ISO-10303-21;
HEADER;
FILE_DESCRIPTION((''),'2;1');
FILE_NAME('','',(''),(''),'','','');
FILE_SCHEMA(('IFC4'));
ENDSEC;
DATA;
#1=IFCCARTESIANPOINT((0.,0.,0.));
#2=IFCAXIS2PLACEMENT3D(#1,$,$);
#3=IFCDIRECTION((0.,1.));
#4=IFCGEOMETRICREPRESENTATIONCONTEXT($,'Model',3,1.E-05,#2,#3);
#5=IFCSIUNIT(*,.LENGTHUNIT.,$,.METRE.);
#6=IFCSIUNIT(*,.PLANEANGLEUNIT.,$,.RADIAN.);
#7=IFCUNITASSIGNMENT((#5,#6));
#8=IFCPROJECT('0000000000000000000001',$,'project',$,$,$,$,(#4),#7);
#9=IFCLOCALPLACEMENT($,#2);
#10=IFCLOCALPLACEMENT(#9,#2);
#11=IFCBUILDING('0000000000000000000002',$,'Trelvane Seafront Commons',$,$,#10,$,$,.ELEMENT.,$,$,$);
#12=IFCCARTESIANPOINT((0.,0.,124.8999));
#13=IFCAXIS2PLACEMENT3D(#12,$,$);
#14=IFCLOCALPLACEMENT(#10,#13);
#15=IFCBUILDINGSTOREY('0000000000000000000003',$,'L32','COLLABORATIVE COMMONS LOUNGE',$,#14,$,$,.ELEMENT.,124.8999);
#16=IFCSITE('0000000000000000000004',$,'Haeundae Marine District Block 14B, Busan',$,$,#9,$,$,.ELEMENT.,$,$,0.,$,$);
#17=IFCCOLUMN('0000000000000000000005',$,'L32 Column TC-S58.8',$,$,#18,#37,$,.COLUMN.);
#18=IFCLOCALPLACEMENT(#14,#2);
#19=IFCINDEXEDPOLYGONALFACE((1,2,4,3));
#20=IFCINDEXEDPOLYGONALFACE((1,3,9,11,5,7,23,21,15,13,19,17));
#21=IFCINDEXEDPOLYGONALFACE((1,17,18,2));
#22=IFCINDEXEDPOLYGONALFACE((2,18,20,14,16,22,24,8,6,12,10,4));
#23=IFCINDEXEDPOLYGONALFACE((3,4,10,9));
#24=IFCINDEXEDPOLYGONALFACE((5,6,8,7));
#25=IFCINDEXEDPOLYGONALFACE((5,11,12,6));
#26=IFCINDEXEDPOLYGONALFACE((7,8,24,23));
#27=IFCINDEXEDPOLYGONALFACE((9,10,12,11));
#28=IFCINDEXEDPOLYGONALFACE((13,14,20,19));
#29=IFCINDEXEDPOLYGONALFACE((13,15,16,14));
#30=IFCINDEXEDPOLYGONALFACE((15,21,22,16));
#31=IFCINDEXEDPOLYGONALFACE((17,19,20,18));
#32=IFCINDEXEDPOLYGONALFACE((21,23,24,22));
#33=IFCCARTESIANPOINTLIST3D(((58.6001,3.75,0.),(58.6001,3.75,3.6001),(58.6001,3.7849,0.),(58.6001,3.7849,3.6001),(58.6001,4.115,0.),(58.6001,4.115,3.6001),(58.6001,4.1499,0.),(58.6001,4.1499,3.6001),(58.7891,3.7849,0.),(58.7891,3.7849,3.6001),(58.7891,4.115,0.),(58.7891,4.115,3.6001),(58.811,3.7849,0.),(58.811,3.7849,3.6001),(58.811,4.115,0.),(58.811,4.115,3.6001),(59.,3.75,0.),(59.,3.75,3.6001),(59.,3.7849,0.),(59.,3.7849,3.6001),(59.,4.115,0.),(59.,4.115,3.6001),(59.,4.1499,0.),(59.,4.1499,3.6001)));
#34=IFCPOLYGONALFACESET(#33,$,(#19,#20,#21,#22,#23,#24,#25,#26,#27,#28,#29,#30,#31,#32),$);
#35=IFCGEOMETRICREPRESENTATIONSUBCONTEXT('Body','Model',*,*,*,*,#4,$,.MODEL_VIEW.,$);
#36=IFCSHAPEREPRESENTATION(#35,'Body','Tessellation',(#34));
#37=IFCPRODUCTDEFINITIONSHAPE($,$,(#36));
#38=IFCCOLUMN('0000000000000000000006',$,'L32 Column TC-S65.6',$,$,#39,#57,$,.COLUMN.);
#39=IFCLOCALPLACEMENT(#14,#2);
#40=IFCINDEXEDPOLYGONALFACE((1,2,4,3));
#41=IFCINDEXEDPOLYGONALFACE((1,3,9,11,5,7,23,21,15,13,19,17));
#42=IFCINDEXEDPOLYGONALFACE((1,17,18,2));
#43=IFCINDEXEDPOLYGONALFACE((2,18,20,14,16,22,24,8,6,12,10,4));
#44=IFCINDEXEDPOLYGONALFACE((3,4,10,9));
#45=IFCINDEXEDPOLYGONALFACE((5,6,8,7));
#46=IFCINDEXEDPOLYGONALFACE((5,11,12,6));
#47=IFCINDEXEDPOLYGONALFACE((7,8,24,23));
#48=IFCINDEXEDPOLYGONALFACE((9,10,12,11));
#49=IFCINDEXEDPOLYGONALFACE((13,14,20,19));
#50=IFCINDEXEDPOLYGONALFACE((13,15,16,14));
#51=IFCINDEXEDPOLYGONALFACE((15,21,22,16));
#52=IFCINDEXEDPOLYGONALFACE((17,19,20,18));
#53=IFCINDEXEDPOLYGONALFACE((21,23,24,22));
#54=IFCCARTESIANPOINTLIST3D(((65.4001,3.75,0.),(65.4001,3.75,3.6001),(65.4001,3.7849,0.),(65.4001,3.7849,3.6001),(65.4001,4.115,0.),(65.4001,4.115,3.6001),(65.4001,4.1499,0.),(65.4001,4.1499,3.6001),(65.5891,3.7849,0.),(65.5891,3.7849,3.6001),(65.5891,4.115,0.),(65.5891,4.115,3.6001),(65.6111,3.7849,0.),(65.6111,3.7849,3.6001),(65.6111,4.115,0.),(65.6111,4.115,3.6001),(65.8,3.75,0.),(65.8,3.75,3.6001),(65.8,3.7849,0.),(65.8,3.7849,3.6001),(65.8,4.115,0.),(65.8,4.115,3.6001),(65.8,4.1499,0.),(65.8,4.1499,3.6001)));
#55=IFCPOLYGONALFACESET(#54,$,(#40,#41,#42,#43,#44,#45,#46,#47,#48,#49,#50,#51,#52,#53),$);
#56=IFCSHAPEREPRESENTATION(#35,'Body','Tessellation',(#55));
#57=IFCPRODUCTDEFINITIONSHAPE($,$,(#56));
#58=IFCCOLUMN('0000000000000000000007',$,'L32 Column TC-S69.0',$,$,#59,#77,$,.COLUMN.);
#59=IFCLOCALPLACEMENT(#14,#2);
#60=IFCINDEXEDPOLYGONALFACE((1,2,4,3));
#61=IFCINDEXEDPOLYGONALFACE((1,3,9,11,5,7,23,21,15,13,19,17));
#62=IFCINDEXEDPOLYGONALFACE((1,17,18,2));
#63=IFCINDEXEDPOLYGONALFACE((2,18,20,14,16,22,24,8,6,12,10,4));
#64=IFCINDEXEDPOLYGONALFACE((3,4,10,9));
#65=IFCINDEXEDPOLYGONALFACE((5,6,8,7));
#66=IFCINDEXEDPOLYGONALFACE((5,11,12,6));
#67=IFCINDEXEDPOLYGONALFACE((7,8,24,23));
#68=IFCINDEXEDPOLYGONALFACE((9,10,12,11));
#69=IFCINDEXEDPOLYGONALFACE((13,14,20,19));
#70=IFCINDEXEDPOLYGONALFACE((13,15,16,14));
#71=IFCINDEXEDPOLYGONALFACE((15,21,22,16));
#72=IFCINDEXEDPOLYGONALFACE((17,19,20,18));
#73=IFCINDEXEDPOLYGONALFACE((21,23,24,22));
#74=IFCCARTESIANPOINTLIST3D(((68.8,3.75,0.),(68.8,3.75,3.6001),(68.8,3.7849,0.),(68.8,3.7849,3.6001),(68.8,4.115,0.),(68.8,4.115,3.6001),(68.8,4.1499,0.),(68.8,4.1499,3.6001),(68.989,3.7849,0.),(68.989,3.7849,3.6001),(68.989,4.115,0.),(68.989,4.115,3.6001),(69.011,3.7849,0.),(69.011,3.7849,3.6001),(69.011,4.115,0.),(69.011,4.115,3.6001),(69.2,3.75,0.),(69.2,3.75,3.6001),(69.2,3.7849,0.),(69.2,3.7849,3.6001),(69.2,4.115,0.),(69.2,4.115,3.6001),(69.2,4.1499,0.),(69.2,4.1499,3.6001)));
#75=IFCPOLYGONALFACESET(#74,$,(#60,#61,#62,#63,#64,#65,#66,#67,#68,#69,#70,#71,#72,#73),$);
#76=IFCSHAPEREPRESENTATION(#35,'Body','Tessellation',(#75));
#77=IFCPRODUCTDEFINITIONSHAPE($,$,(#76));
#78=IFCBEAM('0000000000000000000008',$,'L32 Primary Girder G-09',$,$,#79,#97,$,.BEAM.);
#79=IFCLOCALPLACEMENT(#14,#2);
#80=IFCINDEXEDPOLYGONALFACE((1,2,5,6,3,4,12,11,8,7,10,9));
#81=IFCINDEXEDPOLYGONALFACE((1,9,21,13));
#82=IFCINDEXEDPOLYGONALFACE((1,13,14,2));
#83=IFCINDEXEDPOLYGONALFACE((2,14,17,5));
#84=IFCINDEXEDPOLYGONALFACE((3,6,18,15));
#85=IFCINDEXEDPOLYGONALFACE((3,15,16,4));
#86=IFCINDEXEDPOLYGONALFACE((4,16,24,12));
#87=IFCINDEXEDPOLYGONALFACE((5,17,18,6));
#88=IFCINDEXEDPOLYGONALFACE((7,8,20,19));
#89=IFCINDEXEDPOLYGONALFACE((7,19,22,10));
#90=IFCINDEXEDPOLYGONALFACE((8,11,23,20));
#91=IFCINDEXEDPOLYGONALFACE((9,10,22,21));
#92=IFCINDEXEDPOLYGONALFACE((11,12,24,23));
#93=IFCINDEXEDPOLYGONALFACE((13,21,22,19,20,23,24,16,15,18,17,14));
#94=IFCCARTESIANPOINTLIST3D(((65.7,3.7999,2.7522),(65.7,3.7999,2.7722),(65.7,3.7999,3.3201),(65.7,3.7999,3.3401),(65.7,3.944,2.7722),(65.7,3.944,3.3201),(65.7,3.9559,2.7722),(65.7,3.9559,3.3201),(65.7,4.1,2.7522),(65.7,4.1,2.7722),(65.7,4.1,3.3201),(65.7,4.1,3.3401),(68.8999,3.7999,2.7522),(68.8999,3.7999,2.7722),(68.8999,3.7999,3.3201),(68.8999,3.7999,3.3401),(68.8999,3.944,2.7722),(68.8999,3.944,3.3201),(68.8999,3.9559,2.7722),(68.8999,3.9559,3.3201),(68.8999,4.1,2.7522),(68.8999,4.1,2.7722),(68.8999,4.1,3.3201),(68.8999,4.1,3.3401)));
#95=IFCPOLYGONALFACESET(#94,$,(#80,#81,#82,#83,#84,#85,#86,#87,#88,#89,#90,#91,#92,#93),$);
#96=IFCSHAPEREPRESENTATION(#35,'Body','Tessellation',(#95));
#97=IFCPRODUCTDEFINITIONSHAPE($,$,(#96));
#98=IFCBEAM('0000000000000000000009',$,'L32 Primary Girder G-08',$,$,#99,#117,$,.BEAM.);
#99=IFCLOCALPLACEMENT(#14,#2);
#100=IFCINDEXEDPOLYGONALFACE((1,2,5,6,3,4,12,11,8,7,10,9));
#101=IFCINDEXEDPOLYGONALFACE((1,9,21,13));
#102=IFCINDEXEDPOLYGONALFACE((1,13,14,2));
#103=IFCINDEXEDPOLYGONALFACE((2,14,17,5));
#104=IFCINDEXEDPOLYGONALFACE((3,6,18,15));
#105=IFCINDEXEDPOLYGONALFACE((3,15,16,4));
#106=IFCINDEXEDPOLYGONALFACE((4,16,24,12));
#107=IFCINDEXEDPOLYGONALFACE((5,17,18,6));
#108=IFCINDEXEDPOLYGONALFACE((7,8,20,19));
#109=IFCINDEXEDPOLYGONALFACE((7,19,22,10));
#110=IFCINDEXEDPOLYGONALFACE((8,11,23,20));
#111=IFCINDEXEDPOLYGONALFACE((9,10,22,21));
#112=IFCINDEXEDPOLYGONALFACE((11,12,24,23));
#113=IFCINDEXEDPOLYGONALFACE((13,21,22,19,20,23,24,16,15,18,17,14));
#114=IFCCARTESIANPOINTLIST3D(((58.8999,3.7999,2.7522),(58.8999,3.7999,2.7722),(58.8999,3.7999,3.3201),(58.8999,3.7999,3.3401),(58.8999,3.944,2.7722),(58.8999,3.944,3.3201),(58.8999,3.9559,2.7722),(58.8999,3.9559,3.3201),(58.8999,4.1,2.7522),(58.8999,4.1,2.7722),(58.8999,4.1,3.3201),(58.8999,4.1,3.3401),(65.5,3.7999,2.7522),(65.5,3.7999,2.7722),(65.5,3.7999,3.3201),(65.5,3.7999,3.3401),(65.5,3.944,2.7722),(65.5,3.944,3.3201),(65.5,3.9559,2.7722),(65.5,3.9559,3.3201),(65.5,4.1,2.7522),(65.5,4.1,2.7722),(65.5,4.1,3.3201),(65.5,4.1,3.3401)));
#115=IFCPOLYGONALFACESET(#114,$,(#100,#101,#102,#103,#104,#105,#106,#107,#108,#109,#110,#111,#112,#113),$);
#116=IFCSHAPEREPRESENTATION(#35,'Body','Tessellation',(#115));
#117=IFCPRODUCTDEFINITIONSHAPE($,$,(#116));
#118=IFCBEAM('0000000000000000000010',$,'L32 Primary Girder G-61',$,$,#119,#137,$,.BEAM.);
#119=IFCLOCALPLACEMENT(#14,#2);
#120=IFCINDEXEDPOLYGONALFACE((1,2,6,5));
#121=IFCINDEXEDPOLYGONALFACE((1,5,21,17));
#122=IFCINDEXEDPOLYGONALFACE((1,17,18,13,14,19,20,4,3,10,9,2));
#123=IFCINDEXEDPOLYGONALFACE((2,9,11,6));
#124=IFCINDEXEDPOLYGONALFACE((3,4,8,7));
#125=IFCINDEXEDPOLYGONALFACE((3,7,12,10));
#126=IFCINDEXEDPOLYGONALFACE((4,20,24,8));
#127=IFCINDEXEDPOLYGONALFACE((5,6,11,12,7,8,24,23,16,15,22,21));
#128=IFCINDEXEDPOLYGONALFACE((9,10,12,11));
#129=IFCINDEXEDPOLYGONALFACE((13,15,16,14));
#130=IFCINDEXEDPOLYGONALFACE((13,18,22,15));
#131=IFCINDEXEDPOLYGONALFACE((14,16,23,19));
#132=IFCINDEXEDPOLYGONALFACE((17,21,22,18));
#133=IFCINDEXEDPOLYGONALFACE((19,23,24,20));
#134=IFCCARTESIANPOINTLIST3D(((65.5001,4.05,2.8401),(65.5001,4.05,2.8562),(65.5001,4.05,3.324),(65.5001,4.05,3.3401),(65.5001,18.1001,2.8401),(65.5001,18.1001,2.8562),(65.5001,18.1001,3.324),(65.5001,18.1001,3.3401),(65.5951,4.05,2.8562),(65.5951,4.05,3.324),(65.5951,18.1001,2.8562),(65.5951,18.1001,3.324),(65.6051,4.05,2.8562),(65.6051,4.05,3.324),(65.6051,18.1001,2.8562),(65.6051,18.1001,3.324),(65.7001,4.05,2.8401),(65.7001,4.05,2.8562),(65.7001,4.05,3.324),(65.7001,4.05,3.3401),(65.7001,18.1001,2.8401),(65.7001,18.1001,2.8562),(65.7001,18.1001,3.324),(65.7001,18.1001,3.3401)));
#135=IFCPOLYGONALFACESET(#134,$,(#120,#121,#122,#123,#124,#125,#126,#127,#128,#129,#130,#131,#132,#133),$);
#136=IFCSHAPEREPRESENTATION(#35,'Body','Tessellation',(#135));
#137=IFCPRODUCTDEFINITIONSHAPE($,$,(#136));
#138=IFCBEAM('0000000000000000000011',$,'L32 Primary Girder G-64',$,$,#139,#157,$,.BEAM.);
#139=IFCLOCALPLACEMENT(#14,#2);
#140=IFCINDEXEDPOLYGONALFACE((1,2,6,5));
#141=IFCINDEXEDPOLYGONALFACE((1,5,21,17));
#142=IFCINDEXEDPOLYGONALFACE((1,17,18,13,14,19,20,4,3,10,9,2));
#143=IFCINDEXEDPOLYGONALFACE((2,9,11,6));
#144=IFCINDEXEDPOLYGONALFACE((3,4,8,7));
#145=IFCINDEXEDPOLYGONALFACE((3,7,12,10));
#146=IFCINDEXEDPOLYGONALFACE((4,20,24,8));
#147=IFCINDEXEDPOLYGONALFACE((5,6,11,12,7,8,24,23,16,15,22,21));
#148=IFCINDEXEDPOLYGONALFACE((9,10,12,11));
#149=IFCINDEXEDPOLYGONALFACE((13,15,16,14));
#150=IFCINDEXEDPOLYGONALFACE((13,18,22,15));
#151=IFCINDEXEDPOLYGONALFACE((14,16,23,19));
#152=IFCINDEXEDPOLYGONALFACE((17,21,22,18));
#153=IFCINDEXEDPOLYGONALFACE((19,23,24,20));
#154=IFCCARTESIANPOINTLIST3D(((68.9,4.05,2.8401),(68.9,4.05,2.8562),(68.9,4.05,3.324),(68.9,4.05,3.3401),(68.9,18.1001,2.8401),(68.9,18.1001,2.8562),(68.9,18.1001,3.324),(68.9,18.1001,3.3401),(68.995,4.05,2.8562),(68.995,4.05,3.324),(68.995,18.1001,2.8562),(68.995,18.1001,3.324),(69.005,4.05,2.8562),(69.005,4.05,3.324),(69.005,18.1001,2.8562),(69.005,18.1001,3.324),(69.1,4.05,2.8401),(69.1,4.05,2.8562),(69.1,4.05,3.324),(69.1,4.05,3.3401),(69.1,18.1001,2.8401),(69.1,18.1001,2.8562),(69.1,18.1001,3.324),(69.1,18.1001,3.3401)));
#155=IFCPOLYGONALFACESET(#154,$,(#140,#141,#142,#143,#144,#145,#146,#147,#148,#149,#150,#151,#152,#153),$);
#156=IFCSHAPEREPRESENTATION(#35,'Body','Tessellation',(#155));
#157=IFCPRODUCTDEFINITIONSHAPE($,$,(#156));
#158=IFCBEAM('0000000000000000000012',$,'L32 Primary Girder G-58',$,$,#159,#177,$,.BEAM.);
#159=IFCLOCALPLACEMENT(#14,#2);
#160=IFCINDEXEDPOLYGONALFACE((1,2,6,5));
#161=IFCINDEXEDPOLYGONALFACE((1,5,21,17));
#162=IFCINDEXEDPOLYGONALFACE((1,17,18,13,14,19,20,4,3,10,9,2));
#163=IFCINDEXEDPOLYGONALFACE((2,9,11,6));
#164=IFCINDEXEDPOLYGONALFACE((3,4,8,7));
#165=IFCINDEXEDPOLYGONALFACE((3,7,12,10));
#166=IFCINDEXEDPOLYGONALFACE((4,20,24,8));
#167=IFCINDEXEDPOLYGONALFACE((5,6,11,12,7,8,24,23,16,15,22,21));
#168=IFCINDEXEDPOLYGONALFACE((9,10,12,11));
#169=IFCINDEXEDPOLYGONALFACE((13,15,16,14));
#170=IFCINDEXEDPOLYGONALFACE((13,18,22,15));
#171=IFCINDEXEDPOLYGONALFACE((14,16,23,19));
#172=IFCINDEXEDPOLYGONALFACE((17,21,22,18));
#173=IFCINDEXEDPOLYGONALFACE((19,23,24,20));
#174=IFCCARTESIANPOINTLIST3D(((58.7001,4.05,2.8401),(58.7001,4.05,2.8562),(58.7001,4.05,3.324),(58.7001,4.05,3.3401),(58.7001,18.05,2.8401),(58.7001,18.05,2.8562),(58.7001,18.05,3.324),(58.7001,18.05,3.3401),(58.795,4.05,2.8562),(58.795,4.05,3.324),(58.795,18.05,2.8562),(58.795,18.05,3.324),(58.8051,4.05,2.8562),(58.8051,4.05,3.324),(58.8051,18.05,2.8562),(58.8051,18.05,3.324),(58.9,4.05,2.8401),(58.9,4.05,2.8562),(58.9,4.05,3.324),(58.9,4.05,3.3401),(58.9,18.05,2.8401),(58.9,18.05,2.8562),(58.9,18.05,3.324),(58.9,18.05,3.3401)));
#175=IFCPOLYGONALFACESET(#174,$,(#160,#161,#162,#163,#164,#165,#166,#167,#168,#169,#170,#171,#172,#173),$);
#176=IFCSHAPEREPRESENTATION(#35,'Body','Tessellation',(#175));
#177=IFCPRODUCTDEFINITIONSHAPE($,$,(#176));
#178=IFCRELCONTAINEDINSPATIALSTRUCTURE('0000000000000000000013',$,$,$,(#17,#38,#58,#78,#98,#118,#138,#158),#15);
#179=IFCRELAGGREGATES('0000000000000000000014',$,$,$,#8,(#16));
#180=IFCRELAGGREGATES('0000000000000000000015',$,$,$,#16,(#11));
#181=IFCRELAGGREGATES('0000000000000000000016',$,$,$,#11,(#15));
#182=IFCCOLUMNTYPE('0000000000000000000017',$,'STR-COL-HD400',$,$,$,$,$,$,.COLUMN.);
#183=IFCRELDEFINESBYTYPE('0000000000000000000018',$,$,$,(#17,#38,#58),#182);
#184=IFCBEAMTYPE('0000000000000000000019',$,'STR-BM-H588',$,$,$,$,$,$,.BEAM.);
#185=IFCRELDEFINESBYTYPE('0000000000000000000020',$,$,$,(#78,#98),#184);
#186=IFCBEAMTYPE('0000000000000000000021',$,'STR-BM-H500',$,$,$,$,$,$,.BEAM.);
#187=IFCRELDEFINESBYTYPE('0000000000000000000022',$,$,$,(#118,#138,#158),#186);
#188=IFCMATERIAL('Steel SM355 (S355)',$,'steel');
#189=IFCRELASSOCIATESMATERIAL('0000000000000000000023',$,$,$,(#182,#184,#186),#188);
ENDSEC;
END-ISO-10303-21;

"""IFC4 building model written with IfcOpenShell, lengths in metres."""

from ifc_helpers import new_model, si_unit, direction, frame, origin, origin_2d, place, context, subcontext, project, spatial, i_section, extrude, source, transform, mapped, material, material_profile, profile_set, type_object, element, save


model = new_model("IFC4")

# Units and contexts
model_context = context("Model", 3, precision=1e-05, world=origin(), true_north=direction((0.0, 1.0)))
body_context = subcontext(model_context, "Body", "Model", "MODEL_VIEW")
ifc_project = project(units=[si_unit("LENGTHUNIT", "METRE"), si_unit("PLANEANGLEUNIT", "RADIAN")], contexts=[model_context])

# Site, building, storey
site_placement = place(None, origin())
site = spatial("IfcSite", under=ifc_project, at=site_placement, Name="Haeundae Marine District Block 14B, Busan", CompositionType="ELEMENT", RefElevation=0.0)
building_placement = place(site_placement, origin())
building = spatial("IfcBuilding", under=site, at=building_placement, Name="Trelvane Seafront Commons", CompositionType="ELEMENT")
storey_placement = place(building_placement, frame((0.0, 0.0, 124.8999)))
storey = spatial("IfcBuildingStorey", under=building, at=storey_placement, Name="L32", Description="COLLABORATIVE COMMONS LOUNGE", CompositionType="ELEMENT", Elevation=124.8999)

# Columns
ifc_material_1 = material(Name="Steel SM355 (S355)", Category="steel")
ifc_material_profile_1 = material_profile(ifc_material_1, i_section(OverallWidth=0.3999, OverallDepth=0.3999, WebThickness=0.022, FlangeThickness=0.0349, at=origin_2d()), Name="HD-400x400x22x35")
ifc_profile_set_1 = profile_set([ifc_material_profile_1], Name="Steel SM355 (S355)")
column_type = type_object("IfcColumnType", Name="STR-COL-HD400", PredefinedType="COLUMN", material=ifc_profile_set_1)
shared_shape_1 = source(origin(), body_context, "Body", "SweptSolid", [
    extrude(i_section(OverallWidth=0.3999, OverallDepth=0.3999, WebThickness=0.022, FlangeThickness=0.0349, at=origin_2d()), origin(), (0.0, 0.0, 1.0), 3.6001),
])
for number, where, z_axis, x_axis, name in (
    (1, (58.8, 3.95, 0.0), (0.0, 0.0, 1.0), (1.0, 0.0, 0.0), "L32 Column TC-S58.8"),
    (2, (65.6001, 3.95, 0.0), (0.0, 0.0, 1.0), (1.0, 0.0, 0.0), "L32 Column TC-S65.6"),
    (3, (69.0, 3.95, 0.0), (0.0, 0.0, 1.0), (1.0, 0.0, 0.0), "L32 Column TC-S69.0"),
):
    element("IfcColumn", number, at=place(storey_placement, frame(where, z_axis=z_axis, x_axis=x_axis)), inside=storey, type_object=column_type, Name=name, PredefinedType="COLUMN", context=body_context, shape_type="MappedRepresentation", body=[
        mapped(shared_shape_1, transform((0.0, 0.0, 0.0), x_axis=(1.0, 0.0, 0.0), y_axis=(0.0, 1.0, 0.0), z_axis=(0.0, 0.0, 1.0), scale=1.0)),
    ])

# Beams
ifc_material_profile_2 = material_profile(ifc_material_1, i_section(OverallWidth=0.3, OverallDepth=0.5879, WebThickness=0.012, FlangeThickness=0.02, at=origin_2d()), Name="H-588x300x12x20")
ifc_profile_set_2 = profile_set([ifc_material_profile_2], Name="Steel SM355 (S355)")
beam_type_1 = type_object("IfcBeamType", Name="STR-BM-H588", PredefinedType="BEAM", material=ifc_profile_set_2)
shared_shape_2 = source(origin(), body_context, "Body", "SweptSolid", [
    extrude(i_section(OverallWidth=0.3, OverallDepth=0.5879, WebThickness=0.012, FlangeThickness=0.02, at=origin_2d()), origin(), (0.0, 0.0, 1.0), 3.2),
])
beam_1_placement = place(storey_placement, frame((65.7, 3.95, 3.0461), z_axis=(1.0, 0.0, 0.0), x_axis=(0.0, 1.0, 0.0)))
element("IfcBeam", 4, at=beam_1_placement, inside=storey, type_object=beam_type_1, Name="L32 Primary Girder G-09", PredefinedType="BEAM", context=body_context, shape_type="MappedRepresentation", body=[
    mapped(shared_shape_2, transform((0.0, 0.0, 0.0), x_axis=(1.0, 0.0, 0.0), y_axis=(0.0, 1.0, 0.0), z_axis=(0.0, 0.0, 1.0), scale=1.0)),
])
shared_shape_3 = source(origin(), body_context, "Body", "SweptSolid", [
    extrude(i_section(OverallWidth=0.3, OverallDepth=0.5879, WebThickness=0.012, FlangeThickness=0.02, at=origin_2d()), origin(), (0.0, 0.0, 1.0), 6.6001),
])
beam_2_placement = place(storey_placement, frame((58.8999, 3.95, 3.0461), z_axis=(1.0, 0.0, 0.0), x_axis=(0.0, 1.0, 0.0)))
element("IfcBeam", 5, at=beam_2_placement, inside=storey, type_object=beam_type_1, Name="L32 Primary Girder G-08", PredefinedType="BEAM", context=body_context, shape_type="MappedRepresentation", body=[
    mapped(shared_shape_3, transform((0.0, 0.0, 0.0), x_axis=(1.0, 0.0, 0.0), y_axis=(0.0, 1.0, 0.0), z_axis=(0.0, 0.0, 1.0), scale=1.0)),
])
ifc_material_profile_3 = material_profile(ifc_material_1, i_section(OverallWidth=0.2, OverallDepth=0.5, WebThickness=0.01, FlangeThickness=0.0161, at=origin_2d()), Name="H-500x200x10x16")
ifc_profile_set_3 = profile_set([ifc_material_profile_3], Name="Steel SM355 (S355)")
beam_type_2 = type_object("IfcBeamType", Name="STR-BM-H500", PredefinedType="BEAM", material=ifc_profile_set_3)
shared_shape_4 = source(origin(), body_context, "Body", "SweptSolid", [
    extrude(i_section(OverallWidth=0.2, OverallDepth=0.5, WebThickness=0.01, FlangeThickness=0.0161, at=origin_2d()), origin(), (0.0, 0.0, 1.0), 14.05),
])
for number, where, z_axis, x_axis, name in (
    (6, (65.6001, 4.05, 3.0901), (0.0, 1.0, 0.0), (-1.0, 0.0, 0.0), "L32 Primary Girder G-61"),
    (7, (69.0, 4.05, 3.0901), (0.0, 1.0, 0.0), (-1.0, 0.0, 0.0), "L32 Primary Girder G-64"),
):
    element("IfcBeam", number, at=place(storey_placement, frame(where, z_axis=z_axis, x_axis=x_axis)), inside=storey, type_object=beam_type_2, Name=name, PredefinedType="BEAM", context=body_context, shape_type="MappedRepresentation", body=[
        mapped(shared_shape_4, transform((0.0, 0.0, 0.0), x_axis=(1.0, 0.0, 0.0), y_axis=(0.0, 1.0, 0.0), z_axis=(0.0, 0.0, 1.0), scale=1.0)),
    ])
shared_shape_5 = source(origin(), body_context, "Body", "SweptSolid", [
    extrude(i_section(OverallWidth=0.2, OverallDepth=0.5, WebThickness=0.01, FlangeThickness=0.0161, at=origin_2d()), origin(), (0.0, 0.0, 1.0), 14.0),
])
beam_3_placement = place(storey_placement, frame((58.8, 4.05, 3.0901), z_axis=(0.0, 1.0, 0.0), x_axis=(-1.0, 0.0, 0.0)))
element("IfcBeam", 8, at=beam_3_placement, inside=storey, type_object=beam_type_2, Name="L32 Primary Girder G-58", PredefinedType="BEAM", context=body_context, shape_type="MappedRepresentation", body=[
    mapped(shared_shape_5, transform((0.0, 0.0, 0.0), x_axis=(1.0, 0.0, 0.0), y_axis=(0.0, 1.0, 0.0), z_axis=(0.0, 0.0, 1.0), scale=1.0)),
])

save(model, "model.ifc")
